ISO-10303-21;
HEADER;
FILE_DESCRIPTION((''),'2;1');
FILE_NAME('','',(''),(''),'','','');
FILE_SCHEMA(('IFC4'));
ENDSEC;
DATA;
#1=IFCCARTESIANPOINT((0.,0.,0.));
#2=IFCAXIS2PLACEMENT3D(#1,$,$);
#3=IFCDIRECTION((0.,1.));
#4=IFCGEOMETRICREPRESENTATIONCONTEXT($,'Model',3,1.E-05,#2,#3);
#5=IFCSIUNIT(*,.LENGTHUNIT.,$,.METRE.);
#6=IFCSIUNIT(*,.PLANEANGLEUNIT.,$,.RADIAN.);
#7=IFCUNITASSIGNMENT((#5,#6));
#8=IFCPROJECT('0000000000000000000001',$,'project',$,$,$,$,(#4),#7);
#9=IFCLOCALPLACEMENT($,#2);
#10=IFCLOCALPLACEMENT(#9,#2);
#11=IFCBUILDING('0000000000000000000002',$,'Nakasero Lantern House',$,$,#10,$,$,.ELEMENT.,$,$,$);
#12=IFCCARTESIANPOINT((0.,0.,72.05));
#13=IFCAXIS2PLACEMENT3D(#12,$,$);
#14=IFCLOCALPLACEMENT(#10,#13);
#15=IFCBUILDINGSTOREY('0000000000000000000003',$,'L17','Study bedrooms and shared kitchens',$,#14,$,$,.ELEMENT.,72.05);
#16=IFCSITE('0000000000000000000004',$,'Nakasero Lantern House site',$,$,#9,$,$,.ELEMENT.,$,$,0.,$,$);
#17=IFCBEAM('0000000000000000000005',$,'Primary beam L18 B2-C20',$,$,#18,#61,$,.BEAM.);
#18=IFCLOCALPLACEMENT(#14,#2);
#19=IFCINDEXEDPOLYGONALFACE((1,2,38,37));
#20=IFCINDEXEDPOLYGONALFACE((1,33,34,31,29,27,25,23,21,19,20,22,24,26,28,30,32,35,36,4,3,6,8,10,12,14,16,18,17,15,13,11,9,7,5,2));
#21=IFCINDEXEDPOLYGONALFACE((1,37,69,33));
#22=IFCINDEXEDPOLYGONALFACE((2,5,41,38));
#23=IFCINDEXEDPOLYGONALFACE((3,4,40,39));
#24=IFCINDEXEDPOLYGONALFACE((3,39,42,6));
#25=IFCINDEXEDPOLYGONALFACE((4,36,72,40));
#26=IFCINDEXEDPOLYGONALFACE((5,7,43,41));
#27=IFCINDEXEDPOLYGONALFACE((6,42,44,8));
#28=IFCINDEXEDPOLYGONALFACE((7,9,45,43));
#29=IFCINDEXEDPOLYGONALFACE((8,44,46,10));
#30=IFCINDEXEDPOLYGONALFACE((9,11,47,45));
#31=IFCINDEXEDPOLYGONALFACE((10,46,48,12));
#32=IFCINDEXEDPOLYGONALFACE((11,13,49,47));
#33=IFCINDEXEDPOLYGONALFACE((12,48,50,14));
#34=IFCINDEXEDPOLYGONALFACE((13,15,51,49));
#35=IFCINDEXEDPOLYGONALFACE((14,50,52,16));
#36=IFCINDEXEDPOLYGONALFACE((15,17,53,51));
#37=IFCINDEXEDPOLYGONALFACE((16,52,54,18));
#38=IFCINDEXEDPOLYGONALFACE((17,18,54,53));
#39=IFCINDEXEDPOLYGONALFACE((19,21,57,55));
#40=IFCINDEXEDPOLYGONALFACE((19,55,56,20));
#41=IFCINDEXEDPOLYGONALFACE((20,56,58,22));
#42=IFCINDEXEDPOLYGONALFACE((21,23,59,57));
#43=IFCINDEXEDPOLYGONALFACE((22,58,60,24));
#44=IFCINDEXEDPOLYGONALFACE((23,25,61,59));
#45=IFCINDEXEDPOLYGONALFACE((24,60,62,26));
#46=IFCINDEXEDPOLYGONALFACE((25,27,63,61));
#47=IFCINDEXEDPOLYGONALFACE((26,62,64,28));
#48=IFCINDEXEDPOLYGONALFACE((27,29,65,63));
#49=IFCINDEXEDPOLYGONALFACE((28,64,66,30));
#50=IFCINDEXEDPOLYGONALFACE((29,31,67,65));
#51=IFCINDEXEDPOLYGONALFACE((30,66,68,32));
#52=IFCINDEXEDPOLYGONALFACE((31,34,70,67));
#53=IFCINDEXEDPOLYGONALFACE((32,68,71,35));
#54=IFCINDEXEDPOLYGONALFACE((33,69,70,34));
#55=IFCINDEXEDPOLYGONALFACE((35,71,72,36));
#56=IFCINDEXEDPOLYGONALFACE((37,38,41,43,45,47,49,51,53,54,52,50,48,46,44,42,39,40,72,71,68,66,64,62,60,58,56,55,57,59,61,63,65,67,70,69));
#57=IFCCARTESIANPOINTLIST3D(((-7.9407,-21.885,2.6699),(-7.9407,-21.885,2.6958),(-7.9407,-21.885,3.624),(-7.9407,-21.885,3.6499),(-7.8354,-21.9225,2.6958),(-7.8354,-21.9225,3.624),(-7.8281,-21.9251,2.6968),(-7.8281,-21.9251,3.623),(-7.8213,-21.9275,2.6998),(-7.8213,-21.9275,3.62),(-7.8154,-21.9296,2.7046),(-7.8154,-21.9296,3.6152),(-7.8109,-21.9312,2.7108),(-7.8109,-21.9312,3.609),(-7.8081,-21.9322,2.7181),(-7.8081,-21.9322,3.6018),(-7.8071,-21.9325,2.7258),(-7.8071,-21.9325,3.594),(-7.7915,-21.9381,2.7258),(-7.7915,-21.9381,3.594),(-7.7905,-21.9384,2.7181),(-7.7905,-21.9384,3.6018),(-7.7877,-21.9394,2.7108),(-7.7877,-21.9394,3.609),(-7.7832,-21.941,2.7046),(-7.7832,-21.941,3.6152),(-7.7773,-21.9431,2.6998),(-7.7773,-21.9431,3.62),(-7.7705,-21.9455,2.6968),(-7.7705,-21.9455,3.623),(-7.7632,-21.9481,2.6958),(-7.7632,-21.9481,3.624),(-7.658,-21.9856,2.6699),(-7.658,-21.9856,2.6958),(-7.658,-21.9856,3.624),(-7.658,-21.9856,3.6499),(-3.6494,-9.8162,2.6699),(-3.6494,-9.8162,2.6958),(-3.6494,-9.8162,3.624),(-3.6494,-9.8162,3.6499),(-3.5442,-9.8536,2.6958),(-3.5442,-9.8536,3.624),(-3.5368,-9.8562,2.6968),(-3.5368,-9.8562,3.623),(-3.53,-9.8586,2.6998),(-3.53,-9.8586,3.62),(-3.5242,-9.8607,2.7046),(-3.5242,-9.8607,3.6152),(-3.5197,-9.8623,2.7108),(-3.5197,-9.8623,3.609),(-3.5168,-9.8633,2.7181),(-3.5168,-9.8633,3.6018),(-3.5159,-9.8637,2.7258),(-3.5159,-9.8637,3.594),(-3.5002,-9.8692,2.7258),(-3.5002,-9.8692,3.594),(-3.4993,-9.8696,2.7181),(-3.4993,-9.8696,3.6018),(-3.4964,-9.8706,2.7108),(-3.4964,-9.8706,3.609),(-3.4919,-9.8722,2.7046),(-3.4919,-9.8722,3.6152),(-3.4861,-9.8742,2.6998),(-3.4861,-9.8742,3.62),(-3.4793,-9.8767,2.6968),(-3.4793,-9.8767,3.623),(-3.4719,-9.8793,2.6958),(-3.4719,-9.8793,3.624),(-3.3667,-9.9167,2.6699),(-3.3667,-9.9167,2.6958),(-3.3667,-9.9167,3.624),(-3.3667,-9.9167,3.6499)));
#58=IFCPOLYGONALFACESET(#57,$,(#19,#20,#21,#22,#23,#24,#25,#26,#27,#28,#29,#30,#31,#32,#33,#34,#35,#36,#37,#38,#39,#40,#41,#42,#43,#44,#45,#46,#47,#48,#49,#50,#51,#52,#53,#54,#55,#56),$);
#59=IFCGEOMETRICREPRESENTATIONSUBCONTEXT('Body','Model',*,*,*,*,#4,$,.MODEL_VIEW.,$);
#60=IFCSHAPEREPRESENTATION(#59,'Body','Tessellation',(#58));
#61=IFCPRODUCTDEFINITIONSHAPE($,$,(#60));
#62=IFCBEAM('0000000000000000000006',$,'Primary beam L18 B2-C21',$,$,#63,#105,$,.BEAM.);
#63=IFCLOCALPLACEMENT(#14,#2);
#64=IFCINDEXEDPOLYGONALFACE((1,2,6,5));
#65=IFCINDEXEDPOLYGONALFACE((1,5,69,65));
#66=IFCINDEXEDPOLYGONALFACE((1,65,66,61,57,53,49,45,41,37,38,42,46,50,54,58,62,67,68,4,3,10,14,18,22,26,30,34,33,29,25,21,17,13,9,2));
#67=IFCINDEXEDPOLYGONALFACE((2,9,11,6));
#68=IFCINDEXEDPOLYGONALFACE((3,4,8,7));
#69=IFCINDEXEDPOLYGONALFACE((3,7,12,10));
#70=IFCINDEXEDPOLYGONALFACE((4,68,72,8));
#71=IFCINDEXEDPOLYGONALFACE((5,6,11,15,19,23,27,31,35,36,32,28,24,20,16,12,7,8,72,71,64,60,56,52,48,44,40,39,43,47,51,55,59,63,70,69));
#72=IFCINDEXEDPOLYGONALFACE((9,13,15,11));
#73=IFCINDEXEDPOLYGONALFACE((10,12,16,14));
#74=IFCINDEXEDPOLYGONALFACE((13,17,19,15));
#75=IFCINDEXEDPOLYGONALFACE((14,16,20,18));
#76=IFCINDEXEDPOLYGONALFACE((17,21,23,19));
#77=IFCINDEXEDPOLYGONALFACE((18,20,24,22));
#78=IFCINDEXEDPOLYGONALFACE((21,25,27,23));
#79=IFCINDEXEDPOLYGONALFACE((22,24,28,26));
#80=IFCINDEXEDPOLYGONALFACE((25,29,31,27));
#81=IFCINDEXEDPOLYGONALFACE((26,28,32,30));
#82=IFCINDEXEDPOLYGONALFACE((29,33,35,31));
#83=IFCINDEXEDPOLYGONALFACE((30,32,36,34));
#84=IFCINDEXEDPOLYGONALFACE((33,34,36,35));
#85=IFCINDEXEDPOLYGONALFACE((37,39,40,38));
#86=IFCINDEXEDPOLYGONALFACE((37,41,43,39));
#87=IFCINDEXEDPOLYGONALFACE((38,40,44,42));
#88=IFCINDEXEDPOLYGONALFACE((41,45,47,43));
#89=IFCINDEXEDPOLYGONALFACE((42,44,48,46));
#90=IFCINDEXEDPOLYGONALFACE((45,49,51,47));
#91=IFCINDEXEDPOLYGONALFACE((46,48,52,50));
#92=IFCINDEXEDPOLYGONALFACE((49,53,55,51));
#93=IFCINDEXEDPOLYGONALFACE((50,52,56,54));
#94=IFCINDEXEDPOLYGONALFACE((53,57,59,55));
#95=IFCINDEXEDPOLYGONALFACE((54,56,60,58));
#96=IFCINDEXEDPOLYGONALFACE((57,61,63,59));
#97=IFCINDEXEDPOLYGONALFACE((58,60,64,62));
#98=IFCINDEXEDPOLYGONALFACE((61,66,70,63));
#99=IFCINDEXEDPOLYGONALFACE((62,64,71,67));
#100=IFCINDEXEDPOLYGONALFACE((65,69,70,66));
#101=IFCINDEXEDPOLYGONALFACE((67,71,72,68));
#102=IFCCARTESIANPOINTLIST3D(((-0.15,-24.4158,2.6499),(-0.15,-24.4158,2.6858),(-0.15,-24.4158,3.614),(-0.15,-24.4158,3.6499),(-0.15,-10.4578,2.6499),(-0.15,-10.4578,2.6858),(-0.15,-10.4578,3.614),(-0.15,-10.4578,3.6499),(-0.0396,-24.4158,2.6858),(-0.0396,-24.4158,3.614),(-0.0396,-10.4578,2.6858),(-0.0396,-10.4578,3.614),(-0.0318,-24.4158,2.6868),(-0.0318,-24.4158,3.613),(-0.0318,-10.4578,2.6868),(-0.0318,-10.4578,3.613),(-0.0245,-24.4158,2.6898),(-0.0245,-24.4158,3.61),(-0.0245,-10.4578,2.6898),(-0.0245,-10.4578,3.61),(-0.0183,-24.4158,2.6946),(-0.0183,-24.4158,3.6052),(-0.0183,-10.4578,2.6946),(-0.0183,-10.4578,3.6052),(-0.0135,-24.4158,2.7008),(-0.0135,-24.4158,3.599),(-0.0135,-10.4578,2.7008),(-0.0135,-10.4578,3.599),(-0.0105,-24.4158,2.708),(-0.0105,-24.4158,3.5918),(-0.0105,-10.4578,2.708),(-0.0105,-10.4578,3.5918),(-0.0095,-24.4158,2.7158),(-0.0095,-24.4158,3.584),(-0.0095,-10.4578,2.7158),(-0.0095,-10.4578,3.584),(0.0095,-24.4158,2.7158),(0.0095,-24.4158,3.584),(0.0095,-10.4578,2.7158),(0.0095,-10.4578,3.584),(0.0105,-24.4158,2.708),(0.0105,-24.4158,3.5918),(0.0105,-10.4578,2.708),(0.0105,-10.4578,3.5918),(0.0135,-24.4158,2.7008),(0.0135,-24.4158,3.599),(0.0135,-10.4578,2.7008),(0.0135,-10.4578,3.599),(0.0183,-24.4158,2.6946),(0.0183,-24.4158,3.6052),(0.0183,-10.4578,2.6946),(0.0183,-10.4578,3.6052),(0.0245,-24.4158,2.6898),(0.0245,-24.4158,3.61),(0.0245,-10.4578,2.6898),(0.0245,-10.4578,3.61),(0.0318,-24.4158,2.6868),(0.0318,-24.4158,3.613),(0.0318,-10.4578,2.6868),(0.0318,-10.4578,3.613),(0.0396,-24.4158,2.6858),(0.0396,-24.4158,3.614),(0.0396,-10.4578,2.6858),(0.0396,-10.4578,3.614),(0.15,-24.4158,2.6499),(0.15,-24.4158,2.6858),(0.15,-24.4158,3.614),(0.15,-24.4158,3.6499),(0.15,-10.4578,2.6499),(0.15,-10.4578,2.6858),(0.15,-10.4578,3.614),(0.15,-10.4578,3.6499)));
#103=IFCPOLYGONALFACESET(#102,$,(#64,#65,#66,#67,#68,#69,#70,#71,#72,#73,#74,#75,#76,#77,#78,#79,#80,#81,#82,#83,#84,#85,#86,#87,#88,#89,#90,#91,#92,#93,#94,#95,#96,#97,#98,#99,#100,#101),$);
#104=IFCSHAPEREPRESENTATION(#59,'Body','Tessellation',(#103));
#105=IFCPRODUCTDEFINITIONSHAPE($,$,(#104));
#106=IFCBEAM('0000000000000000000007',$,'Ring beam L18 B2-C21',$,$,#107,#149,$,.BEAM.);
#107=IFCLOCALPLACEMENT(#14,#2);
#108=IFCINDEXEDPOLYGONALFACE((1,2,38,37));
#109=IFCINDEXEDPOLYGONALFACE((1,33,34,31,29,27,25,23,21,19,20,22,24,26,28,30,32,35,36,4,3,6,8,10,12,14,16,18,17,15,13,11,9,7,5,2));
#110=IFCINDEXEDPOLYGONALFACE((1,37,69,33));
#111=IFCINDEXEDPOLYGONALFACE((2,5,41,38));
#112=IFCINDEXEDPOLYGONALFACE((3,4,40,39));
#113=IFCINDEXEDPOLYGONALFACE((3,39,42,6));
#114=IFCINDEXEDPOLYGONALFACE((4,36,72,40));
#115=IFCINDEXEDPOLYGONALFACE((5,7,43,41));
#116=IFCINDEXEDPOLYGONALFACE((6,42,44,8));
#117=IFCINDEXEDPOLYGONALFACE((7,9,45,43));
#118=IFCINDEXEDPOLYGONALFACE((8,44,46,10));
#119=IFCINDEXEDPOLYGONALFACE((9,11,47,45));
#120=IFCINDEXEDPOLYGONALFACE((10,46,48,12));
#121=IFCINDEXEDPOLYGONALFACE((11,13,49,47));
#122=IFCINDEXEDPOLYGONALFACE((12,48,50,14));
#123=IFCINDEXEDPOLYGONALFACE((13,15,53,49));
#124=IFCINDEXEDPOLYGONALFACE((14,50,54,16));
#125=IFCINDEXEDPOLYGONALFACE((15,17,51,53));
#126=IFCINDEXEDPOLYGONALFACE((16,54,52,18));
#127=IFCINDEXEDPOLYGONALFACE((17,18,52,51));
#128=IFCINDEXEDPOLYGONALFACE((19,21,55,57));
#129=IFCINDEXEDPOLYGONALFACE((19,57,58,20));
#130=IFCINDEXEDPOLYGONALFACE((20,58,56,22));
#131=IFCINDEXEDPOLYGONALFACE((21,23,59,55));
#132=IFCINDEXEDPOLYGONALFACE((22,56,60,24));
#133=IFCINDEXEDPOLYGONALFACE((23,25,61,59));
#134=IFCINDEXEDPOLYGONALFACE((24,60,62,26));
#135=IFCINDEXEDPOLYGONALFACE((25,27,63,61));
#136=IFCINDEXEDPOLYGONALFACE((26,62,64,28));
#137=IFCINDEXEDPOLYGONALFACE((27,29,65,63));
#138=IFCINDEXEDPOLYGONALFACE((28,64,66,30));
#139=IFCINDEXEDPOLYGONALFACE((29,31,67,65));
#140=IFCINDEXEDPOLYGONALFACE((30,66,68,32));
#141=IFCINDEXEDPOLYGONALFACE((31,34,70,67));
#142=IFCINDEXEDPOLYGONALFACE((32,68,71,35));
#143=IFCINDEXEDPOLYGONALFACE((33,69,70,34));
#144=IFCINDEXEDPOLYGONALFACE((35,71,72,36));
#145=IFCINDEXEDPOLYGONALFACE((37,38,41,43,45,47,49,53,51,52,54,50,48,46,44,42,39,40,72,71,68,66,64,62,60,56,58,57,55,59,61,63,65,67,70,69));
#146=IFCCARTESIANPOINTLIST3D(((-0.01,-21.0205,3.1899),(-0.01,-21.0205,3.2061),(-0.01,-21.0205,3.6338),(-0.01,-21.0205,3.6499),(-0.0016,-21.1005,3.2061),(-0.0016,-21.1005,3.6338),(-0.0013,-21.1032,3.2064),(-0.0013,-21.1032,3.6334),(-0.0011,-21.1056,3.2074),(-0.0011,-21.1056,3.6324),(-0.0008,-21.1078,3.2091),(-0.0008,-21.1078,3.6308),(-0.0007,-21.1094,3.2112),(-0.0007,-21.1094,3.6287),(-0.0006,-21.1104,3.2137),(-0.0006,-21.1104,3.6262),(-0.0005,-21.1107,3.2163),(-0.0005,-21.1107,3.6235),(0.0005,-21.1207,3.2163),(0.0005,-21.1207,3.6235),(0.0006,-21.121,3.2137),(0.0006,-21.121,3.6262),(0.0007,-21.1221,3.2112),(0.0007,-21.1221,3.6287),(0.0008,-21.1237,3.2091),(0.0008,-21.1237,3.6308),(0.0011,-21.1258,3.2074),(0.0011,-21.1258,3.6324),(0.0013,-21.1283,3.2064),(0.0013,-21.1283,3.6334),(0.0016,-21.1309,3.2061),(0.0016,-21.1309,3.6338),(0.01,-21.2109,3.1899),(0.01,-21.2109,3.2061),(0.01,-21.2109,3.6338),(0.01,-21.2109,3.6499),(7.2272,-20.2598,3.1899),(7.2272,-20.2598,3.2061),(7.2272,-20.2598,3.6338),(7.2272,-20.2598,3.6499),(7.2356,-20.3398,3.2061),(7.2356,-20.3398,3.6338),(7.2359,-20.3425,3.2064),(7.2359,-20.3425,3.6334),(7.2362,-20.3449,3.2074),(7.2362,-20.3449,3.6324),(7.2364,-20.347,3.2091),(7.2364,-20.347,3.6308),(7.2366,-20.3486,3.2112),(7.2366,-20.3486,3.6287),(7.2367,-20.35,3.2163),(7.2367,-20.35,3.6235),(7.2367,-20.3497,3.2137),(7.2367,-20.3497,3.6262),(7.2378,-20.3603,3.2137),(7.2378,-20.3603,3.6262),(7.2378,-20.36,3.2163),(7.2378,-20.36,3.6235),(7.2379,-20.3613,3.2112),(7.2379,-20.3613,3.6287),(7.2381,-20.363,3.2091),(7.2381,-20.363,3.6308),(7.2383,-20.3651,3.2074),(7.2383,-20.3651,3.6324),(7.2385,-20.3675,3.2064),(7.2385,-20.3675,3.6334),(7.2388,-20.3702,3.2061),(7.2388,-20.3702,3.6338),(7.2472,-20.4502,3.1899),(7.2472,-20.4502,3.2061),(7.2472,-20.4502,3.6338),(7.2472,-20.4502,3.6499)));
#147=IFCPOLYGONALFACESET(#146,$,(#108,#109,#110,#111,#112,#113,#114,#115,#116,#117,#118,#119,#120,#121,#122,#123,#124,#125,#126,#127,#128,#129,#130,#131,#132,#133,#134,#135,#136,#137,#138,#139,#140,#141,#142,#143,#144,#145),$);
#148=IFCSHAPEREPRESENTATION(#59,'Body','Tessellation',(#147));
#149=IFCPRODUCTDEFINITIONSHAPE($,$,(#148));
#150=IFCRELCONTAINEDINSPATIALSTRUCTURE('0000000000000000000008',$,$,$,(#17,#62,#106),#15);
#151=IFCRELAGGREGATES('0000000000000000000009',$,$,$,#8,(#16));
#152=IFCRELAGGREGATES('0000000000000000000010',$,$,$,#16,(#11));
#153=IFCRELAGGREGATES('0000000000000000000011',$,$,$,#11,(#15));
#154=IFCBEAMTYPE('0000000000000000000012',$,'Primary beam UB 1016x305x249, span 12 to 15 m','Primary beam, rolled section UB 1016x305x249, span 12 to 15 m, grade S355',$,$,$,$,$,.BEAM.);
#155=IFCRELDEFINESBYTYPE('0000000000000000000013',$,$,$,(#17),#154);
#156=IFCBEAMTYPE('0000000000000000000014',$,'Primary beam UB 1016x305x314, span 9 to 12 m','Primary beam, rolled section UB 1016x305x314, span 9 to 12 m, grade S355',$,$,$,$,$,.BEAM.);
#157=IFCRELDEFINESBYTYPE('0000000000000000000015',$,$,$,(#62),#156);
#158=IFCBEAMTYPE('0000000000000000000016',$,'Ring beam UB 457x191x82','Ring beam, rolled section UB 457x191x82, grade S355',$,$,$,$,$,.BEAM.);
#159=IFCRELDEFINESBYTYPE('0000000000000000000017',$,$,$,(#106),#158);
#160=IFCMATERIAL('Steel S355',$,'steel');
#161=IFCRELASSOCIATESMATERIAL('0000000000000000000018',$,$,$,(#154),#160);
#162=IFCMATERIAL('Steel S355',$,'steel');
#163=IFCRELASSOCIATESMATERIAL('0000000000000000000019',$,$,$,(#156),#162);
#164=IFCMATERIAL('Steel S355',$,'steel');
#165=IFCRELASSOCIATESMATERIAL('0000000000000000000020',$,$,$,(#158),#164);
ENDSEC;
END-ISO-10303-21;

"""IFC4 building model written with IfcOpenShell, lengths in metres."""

from ifc_helpers import new_model, si_unit, direction, frame, origin, origin_2d, place, context, subcontext, project, spatial, i_section, extrude, material, material_profile, profile_set, type_object, element, save


model = new_model("IFC4")

# Units and contexts
model_context = context("Model", 3, precision=1e-05, world=origin(), true_north=direction((0.0, 1.0)))
body_context = subcontext(model_context, "Body", "Model", "MODEL_VIEW")
ifc_project = project(units=[si_unit("LENGTHUNIT", "METRE"), si_unit("PLANEANGLEUNIT", "RADIAN")], contexts=[model_context])

# Site, building, storey
site_placement = place(None, origin())
site = spatial("IfcSite", under=ifc_project, at=site_placement, Name="Nakasero Lantern House site", CompositionType="ELEMENT", RefElevation=0.0)
building_placement = place(site_placement, origin())
building = spatial("IfcBuilding", under=site, at=building_placement, Name="Nakasero Lantern House", CompositionType="ELEMENT")
storey_placement = place(building_placement, frame((0.0, 0.0, 72.05)))
storey = spatial("IfcBuildingStorey", under=building, at=storey_placement, Name="L17", Description="Study bedrooms and shared kitchens", CompositionType="ELEMENT", Elevation=72.05)

# Beams
ifc_material_1 = material(Name="Steel S355", Category="steel")
ifc_material_profile_1 = material_profile(ifc_material_1, i_section(OverallWidth=0.3, OverallDepth=0.98, WebThickness=0.0166, FlangeThickness=0.0259, FilletRadius=0.03, at=origin_2d()), Name="UB 1016x305x249")
ifc_profile_set_1 = profile_set([ifc_material_profile_1], Name="Steel S355")
beam_type_1 = type_object("IfcBeamType", Name="Primary beam UB 1016x305x249, span 12 to 15 m", Description="Primary beam, rolled section UB 1016x305x249, span 12 to 15 m, grade S355", PredefinedType="BEAM", material=ifc_profile_set_1)
beam_1_placement = place(storey_placement, frame((-7.7993, -21.9353, 3.1599), z_axis=(0.335018, 0.942212, 0.0), x_axis=(-0.942212, 0.335018, 0.0)))
element("IfcBeam", 1, at=beam_1_placement, inside=storey, type_object=beam_type_1, Name="Primary beam L18 B2-C20", PredefinedType="BEAM", context=body_context, shape_type="SweptSolid", body=[
    extrude(i_section(OverallWidth=0.3, OverallDepth=0.98, WebThickness=0.0166, FlangeThickness=0.0259, FilletRadius=0.03, at=origin_2d()), origin(), (0.0, 0.0, 1.0), 12.8091),
])
ifc_material_2 = material(Name="Steel S355", Category="steel")
ifc_material_profile_2 = material_profile(ifc_material_2, i_section(OverallWidth=0.3, OverallDepth=1.0, WebThickness=0.019, FlangeThickness=0.0359, FilletRadius=0.03, at=origin_2d()), Name="UB 1016x305x314")
ifc_profile_set_2 = profile_set([ifc_material_profile_2], Name="Steel S355")
beam_type_2 = type_object("IfcBeamType", Name="Primary beam UB 1016x305x314, span 9 to 12 m", Description="Primary beam, rolled section UB 1016x305x314, span 9 to 12 m, grade S355", PredefinedType="BEAM", material=ifc_profile_set_2)
beam_2_placement = place(storey_placement, frame((0.0, -24.4158, 3.1499), z_axis=(0.0, 1.0, 0.0), x_axis=(-1.0, 0.0, 0.0)))
element("IfcBeam", 2, at=beam_2_placement, inside=storey, type_object=beam_type_2, Name="Primary beam L18 B2-C21", PredefinedType="BEAM", context=body_context, shape_type="SweptSolid", body=[
    extrude(i_section(OverallWidth=0.3, OverallDepth=1.0, WebThickness=0.019, FlangeThickness=0.0359, FilletRadius=0.03, at=origin_2d()), origin(), (0.0, 0.0, 1.0), 13.958),
])
ifc_material_3 = material(Name="Steel S355", Category="steel")
ifc_material_profile_3 = material_profile(ifc_material_3, i_section(OverallWidth=0.1914, OverallDepth=0.46, WebThickness=0.01, FlangeThickness=0.0161, FilletRadius=0.0103, at=origin_2d()), Name="UB 457x191x82")
ifc_profile_set_3 = profile_set([ifc_material_profile_3], Name="Steel S355")
beam_type_3 = type_object("IfcBeamType", Name="Ring beam UB 457x191x82", Description="Ring beam, rolled section UB 457x191x82, grade S355", PredefinedType="BEAM", material=ifc_profile_set_3)
beam_3_placement = place(storey_placement, frame((0.0, -21.1157, 3.4199), z_axis=(0.994521, 0.104538, 0.0), x_axis=(-0.104538, 0.994521, 0.0)))
element("IfcBeam", 3, at=beam_3_placement, inside=storey, type_object=beam_type_3, Name="Ring beam L18 B2-C21", PredefinedType="BEAM", context=body_context, shape_type="SweptSolid", body=[
    extrude(i_section(OverallWidth=0.1914, OverallDepth=0.46, WebThickness=0.01, FlangeThickness=0.0161, FilletRadius=0.0103, at=origin_2d()), origin(), (0.0, 0.0, 1.0), 7.2771),
])

save(model, "model.ifc")
